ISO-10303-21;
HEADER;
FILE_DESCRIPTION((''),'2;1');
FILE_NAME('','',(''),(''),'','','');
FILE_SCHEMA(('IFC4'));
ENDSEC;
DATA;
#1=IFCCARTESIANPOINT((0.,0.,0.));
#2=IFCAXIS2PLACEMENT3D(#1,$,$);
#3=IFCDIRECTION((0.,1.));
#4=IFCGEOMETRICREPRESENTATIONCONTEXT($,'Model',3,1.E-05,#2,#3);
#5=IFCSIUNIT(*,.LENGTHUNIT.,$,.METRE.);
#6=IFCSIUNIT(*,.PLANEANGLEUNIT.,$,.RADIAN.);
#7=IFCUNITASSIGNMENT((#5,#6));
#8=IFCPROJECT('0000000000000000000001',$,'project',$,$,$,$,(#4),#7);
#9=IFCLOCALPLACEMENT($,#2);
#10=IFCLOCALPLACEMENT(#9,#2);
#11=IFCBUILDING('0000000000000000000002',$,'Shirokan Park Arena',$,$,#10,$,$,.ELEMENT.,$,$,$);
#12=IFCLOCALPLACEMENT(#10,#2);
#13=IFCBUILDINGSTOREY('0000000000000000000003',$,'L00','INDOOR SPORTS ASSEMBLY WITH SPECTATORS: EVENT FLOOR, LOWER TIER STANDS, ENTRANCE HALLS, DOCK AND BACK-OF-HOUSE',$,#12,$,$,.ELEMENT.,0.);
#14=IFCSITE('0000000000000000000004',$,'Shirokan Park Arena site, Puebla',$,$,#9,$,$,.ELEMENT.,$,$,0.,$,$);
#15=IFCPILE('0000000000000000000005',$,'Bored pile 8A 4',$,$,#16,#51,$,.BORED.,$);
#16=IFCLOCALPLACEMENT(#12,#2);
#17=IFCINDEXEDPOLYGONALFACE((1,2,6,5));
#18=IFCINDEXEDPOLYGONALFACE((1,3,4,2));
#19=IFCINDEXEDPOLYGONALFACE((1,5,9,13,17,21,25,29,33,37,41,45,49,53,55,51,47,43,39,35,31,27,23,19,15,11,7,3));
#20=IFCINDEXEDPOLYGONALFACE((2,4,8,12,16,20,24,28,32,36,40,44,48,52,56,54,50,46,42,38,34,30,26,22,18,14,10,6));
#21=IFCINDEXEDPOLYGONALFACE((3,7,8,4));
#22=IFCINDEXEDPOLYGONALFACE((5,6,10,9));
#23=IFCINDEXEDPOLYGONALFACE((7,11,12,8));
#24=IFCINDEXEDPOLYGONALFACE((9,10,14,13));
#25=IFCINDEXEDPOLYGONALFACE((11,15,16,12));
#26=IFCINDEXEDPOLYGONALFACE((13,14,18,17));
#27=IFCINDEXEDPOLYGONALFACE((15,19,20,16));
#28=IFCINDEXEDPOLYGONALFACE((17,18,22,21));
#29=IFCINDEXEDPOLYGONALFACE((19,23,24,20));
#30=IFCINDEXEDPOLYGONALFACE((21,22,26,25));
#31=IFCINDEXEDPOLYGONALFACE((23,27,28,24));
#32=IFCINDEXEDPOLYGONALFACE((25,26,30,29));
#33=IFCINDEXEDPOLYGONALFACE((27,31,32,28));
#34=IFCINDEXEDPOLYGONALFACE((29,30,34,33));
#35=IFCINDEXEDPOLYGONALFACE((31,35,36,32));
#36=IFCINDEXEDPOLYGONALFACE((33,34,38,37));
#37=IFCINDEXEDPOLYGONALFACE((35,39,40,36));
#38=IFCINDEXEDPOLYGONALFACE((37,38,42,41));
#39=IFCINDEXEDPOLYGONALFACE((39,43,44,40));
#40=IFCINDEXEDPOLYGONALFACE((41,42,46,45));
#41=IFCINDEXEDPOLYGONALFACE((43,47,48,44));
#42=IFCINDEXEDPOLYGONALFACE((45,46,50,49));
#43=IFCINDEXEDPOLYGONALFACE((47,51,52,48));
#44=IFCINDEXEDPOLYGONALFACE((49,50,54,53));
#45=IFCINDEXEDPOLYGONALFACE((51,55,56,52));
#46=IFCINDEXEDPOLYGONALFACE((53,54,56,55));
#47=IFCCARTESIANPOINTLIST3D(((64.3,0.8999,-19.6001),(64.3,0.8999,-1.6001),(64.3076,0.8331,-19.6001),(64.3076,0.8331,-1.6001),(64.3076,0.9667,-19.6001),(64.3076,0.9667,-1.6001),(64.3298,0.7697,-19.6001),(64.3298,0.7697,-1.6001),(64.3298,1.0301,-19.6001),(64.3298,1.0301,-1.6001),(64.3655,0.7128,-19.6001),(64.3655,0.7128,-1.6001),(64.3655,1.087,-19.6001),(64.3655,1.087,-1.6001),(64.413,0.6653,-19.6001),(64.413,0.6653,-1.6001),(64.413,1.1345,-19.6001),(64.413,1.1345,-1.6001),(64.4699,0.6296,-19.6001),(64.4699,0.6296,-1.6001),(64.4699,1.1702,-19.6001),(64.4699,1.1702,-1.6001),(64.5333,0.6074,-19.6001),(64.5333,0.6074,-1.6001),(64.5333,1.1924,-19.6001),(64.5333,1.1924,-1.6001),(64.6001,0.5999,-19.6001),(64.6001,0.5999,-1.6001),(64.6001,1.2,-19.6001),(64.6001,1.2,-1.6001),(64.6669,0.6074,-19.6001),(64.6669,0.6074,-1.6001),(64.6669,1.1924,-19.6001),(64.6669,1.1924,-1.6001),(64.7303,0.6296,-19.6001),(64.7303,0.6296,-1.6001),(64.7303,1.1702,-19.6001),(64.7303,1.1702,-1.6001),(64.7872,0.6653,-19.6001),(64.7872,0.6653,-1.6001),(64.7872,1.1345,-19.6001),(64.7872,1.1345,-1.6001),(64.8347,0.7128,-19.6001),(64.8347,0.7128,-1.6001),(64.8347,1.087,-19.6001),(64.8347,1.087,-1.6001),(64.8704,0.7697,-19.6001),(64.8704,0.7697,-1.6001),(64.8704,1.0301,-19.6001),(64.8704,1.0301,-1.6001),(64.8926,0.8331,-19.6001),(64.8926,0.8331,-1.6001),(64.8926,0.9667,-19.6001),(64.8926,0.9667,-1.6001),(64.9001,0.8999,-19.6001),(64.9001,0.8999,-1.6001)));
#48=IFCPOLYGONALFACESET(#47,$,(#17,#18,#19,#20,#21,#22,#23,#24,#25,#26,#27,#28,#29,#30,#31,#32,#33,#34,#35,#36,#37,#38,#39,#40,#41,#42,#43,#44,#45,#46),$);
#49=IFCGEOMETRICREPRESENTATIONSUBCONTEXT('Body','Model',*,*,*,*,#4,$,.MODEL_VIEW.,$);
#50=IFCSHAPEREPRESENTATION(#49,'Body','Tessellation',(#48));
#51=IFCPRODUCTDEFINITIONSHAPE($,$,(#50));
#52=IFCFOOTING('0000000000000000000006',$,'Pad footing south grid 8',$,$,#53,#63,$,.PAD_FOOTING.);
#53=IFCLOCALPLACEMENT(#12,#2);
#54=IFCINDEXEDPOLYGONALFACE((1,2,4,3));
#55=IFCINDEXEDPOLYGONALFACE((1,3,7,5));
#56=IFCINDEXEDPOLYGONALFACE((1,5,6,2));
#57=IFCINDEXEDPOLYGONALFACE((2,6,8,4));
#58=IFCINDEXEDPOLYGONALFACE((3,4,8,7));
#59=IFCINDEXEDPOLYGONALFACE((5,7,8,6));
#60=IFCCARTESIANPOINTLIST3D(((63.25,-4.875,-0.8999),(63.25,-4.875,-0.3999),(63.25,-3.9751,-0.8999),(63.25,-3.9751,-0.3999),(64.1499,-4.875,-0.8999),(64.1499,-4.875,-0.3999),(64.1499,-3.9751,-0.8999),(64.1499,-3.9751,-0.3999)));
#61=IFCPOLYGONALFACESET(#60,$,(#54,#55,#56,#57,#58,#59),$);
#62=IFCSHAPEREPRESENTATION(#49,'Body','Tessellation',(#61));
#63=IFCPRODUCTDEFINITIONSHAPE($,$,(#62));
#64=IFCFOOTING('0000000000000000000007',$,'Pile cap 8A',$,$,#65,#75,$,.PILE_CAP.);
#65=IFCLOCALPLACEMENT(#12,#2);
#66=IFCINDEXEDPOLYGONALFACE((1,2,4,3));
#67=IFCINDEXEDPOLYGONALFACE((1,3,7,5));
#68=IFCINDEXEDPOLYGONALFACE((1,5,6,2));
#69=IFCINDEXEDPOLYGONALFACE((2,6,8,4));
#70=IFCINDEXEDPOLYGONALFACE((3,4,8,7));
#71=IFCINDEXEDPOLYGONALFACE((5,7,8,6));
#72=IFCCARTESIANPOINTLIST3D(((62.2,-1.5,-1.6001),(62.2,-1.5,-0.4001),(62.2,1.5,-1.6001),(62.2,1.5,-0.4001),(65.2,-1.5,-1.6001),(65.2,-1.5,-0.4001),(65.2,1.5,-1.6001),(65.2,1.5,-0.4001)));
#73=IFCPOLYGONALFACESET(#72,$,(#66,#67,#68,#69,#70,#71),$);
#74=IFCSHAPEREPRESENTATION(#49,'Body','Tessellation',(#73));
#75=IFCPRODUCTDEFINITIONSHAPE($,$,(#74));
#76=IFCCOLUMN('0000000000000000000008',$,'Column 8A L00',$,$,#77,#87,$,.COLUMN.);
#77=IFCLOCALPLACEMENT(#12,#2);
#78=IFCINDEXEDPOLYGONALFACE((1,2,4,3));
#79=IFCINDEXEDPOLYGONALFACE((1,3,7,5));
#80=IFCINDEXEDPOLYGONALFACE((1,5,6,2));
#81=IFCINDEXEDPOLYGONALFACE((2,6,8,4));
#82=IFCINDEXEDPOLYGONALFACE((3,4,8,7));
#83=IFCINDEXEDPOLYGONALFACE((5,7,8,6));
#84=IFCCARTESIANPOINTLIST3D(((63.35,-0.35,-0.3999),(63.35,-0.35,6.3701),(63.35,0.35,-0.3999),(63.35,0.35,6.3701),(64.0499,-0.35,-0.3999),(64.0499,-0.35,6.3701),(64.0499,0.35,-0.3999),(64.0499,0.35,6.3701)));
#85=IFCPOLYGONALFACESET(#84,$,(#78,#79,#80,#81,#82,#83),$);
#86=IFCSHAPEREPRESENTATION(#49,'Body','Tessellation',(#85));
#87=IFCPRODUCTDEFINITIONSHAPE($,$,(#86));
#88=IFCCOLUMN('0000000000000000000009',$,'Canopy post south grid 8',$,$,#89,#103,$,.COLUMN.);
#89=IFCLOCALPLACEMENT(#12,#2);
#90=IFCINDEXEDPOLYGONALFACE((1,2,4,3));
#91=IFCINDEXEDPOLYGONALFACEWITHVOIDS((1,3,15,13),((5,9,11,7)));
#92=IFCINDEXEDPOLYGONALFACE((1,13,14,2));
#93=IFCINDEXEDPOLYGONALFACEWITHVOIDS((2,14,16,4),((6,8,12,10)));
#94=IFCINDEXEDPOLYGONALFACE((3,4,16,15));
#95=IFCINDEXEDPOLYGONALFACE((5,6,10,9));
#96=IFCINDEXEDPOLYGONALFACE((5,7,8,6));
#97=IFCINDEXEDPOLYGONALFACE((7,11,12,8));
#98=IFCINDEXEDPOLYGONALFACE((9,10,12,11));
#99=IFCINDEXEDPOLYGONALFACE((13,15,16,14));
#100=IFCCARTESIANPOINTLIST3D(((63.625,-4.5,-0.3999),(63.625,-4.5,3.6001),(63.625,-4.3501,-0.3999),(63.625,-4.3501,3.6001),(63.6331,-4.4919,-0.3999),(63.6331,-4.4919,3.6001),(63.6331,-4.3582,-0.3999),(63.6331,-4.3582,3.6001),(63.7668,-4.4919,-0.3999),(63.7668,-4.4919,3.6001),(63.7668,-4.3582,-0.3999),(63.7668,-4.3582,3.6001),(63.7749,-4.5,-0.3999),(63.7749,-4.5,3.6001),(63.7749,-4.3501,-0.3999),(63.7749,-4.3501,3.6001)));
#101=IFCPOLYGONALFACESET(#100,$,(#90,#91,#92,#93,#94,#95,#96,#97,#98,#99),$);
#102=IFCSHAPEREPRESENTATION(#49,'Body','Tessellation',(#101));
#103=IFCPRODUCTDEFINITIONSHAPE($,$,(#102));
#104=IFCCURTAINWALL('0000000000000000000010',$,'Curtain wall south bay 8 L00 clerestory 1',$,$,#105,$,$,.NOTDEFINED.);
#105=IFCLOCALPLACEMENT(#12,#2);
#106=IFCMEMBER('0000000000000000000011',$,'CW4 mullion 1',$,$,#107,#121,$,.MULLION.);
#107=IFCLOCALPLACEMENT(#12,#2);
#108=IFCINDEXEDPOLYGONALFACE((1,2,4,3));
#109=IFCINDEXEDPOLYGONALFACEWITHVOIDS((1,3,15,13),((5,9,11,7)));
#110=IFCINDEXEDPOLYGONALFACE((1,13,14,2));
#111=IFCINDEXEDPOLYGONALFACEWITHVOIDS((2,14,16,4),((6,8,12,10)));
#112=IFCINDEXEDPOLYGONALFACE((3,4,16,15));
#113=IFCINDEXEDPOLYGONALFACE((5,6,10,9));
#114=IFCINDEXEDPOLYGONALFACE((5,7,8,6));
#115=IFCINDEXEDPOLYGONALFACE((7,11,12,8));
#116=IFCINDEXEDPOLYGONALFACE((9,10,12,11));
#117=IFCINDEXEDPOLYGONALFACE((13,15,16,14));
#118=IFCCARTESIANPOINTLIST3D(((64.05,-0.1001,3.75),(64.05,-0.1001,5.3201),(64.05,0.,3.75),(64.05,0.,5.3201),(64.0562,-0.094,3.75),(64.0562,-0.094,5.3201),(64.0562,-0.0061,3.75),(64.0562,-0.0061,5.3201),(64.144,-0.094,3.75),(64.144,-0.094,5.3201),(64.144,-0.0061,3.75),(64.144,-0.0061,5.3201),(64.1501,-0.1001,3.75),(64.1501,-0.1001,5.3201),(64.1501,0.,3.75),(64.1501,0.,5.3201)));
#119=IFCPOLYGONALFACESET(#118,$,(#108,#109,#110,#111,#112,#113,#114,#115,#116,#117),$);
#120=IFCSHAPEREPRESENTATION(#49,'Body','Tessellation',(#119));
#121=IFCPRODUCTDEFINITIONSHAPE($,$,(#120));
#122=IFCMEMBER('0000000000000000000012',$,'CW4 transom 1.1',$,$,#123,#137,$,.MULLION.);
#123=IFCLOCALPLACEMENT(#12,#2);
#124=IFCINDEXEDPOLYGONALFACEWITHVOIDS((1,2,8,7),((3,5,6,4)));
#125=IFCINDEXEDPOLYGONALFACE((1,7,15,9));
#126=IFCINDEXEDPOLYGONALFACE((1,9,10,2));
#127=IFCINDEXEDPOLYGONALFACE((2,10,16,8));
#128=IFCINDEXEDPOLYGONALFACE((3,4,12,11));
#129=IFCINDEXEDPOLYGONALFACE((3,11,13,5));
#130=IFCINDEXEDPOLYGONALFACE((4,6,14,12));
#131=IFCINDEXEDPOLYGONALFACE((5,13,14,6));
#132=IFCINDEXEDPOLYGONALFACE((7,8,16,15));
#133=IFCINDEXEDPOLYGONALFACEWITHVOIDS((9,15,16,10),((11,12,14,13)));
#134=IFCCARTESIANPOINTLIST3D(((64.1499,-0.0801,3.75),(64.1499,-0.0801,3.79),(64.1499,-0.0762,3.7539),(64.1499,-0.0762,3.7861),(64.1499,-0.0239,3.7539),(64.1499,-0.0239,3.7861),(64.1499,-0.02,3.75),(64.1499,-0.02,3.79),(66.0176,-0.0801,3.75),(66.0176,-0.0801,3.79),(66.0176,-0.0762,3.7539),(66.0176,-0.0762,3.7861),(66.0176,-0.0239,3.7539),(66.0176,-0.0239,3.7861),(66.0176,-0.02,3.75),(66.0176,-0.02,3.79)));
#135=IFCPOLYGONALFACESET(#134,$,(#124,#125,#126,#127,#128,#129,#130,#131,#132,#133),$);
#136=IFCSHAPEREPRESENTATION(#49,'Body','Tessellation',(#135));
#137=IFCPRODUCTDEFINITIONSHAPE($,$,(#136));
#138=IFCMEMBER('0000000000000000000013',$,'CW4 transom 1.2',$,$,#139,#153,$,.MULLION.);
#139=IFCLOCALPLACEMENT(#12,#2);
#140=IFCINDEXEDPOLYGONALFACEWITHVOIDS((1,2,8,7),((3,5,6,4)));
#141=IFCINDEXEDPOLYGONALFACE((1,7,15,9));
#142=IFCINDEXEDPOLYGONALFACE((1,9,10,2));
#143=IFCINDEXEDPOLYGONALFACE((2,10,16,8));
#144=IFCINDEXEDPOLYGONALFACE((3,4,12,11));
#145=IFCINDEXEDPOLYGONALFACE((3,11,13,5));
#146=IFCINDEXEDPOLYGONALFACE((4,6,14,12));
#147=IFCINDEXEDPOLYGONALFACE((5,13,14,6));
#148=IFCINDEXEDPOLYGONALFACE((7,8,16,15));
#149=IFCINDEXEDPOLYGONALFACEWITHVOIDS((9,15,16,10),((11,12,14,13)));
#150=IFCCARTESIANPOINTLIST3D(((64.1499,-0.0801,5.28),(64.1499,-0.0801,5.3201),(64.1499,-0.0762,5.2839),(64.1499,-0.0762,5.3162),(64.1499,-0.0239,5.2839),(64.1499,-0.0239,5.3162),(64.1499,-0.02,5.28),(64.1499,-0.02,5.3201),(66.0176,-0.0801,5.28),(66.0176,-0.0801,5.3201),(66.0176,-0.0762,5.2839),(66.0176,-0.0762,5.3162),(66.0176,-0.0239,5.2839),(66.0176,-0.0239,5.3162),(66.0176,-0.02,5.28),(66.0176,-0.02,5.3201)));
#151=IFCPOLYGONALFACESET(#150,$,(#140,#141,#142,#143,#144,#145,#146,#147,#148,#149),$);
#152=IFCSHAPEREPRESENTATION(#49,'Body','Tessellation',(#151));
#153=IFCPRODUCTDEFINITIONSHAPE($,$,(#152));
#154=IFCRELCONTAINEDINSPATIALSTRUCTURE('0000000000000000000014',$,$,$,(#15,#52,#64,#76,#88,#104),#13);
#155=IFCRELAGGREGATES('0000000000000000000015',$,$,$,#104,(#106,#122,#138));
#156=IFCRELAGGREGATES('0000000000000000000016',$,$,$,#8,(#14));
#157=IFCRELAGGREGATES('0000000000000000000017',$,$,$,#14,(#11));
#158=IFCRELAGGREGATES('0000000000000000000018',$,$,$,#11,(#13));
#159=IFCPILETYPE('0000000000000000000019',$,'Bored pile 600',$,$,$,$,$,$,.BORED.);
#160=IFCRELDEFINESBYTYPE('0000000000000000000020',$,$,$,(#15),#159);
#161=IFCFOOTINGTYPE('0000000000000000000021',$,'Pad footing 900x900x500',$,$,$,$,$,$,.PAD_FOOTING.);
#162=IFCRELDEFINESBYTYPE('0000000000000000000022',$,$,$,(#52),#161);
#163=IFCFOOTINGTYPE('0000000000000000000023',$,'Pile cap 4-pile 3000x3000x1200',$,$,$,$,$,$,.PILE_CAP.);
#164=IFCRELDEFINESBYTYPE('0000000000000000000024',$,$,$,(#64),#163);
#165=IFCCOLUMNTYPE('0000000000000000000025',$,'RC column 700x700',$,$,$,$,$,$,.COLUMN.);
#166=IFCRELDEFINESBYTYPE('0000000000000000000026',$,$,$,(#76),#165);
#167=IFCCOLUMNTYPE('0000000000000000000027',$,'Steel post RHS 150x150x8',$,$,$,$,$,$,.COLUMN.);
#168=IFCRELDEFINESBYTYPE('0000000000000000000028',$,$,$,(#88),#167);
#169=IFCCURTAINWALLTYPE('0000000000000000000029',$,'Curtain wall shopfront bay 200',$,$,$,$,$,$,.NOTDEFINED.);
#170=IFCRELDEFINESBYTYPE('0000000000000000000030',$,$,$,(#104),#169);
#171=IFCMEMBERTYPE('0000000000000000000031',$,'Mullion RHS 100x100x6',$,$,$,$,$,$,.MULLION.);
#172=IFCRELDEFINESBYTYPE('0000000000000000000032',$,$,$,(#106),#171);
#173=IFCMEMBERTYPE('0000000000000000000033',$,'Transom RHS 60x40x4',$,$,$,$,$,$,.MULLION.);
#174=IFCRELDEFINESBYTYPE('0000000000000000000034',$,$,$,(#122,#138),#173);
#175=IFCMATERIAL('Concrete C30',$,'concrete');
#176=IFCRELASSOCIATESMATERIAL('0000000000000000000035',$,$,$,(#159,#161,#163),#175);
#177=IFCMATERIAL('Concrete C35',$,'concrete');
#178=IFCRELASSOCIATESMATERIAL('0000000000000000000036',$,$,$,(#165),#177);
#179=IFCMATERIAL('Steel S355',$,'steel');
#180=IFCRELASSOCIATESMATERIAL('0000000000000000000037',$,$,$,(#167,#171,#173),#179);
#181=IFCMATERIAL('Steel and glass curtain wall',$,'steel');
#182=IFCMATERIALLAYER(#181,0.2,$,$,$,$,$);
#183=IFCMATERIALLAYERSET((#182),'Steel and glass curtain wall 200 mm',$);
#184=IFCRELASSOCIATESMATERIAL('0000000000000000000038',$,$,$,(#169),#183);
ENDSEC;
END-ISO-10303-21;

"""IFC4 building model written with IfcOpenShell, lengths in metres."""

from ifc_helpers import new_model, si_unit, direction, frame, origin, origin_2d, place, context, subcontext, project, spatial, rectangle, hollow_rectangle, circle, extrude, material, layer, layer_set, material_profile, profile_set, type_object, element, aggregate, save


model = new_model("IFC4")

# Units and contexts
model_context = context("Model", 3, precision=1e-05, world=origin(), true_north=direction((0.0, 1.0)))
body_context = subcontext(model_context, "Body", "Model", "MODEL_VIEW")
ifc_project = project(units=[si_unit("LENGTHUNIT", "METRE"), si_unit("PLANEANGLEUNIT", "RADIAN")], contexts=[model_context])

# Site, building, storey
site_placement = place(None, origin())
site = spatial("IfcSite", under=ifc_project, at=site_placement, Name="Shirokan Park Arena site, Puebla", CompositionType="ELEMENT", RefElevation=0.0)
building_placement = place(site_placement, origin())
building = spatial("IfcBuilding", under=site, at=building_placement, Name="Shirokan Park Arena", CompositionType="ELEMENT")
storey_placement = place(building_placement, origin())
storey = spatial("IfcBuildingStorey", under=building, at=storey_placement, Name="L00", Description="INDOOR SPORTS ASSEMBLY WITH SPECTATORS: EVENT FLOOR, LOWER TIER STANDS, ENTRANCE HALLS, DOCK AND BACK-OF-HOUSE", CompositionType="ELEMENT", Elevation=0.0)

# Pile
ifc_material_1 = material(Name="Concrete C30", Category="concrete")
ifc_material_profile_1 = material_profile(ifc_material_1, circle(Radius=0.3, at=origin_2d()), Name="D600")
ifc_profile_set_1 = profile_set([ifc_material_profile_1], Name="Concrete C30")
pile_type = type_object("IfcPileType", Name="Bored pile 600", PredefinedType="BORED", material=ifc_profile_set_1)
for number, where, z_axis, x_axis, name in (
    (1, (64.6001, 0.8999, -1.6001), (0.0, 0.0, -1.0), (1.0, 0.0, 0.0), "Bored pile 8A 4"),
):
    element("IfcPile", number, at=place(storey_placement, frame(where, z_axis=z_axis, x_axis=x_axis)), inside=storey, type_object=pile_type, Name=name, PredefinedType="BORED", context=body_context, shape_type="SweptSolid", body=[
        extrude(circle(Radius=0.3, at=origin_2d()), origin(), (0.0, 0.0, 1.0), 18.0),
    ])

# Footings
footing_type_1 = type_object("IfcFootingType", Name="Pad footing 900x900x500", PredefinedType="PAD_FOOTING", material=ifc_material_1)
footing_1_placement = place(storey_placement, frame((63.7, -4.425, -0.8999), z_axis=(0.0, 0.0, 1.0), x_axis=(1.0, 0.0, 0.0)))
element("IfcFooting", 2, at=footing_1_placement, inside=storey, type_object=footing_type_1, Name="Pad footing south grid 8", PredefinedType="PAD_FOOTING", context=body_context, shape_type="SweptSolid", body=[
    extrude(rectangle(XDim=0.8999, YDim=0.8999, at=origin_2d()), origin(), (0.0, 0.0, 1.0), 0.5),
])
footing_type_2 = type_object("IfcFootingType", Name="Pile cap 4-pile 3000x3000x1200", PredefinedType="PILE_CAP", material=ifc_material_1)
footing_2_placement = place(storey_placement, frame((63.7, 0.0, -1.6001), z_axis=(0.0, 0.0, 1.0), x_axis=(1.0, 0.0, 0.0)))
element("IfcFooting", 3, at=footing_2_placement, inside=storey, type_object=footing_type_2, Name="Pile cap 8A", PredefinedType="PILE_CAP", context=body_context, shape_type="SweptSolid", body=[
    extrude(rectangle(XDim=3.0, YDim=3.0, at=origin_2d()), origin(), (0.0, 0.0, 1.0), 1.2),
])

# Columns
ifc_material_2 = material(Name="Concrete C35", Category="concrete")
ifc_material_profile_2 = material_profile(ifc_material_2, rectangle(XDim=0.7, YDim=0.7, at=origin_2d()), Name="700x700")
ifc_profile_set_2 = profile_set([ifc_material_profile_2], Name="Concrete C35")
column_type_1 = type_object("IfcColumnType", Name="RC column 700x700", PredefinedType="COLUMN", material=ifc_profile_set_2)
column_1_placement = place(storey_placement, frame((63.7, 0.0, -0.3999), z_axis=(0.0, 0.0, 1.0), x_axis=(1.0, 0.0, 0.0)))
element("IfcColumn", 4, at=column_1_placement, inside=storey, type_object=column_type_1, Name="Column 8A L00", PredefinedType="COLUMN", context=body_context, shape_type="SweptSolid", body=[
    extrude(rectangle(XDim=0.7, YDim=0.7, at=origin_2d()), origin(), (0.0, 0.0, 1.0), 6.77),
])
ifc_material_3 = material(Name="Steel S355", Category="steel")
ifc_material_profile_3 = material_profile(ifc_material_3, hollow_rectangle(XDim=0.1499, YDim=0.1499, WallThickness=0.0081, at=origin_2d()), Name="RHS 150x150x8")
ifc_profile_set_3 = profile_set([ifc_material_profile_3], Name="Steel S355")
column_type_2 = type_object("IfcColumnType", Name="Steel post RHS 150x150x8", PredefinedType="COLUMN", material=ifc_profile_set_3)
column_2_placement = place(storey_placement, frame((63.7, -4.425, -0.3999), z_axis=(0.0, 0.0, 1.0), x_axis=(1.0, 0.0, 0.0)))
element("IfcColumn", 5, at=column_2_placement, inside=storey, type_object=column_type_2, Name="Canopy post south grid 8", PredefinedType="COLUMN", context=body_context, shape_type="SweptSolid", body=[
    extrude(hollow_rectangle(XDim=0.1499, YDim=0.1499, WallThickness=0.0081, at=origin_2d()), origin(), (0.0, 0.0, 1.0), 4.0),
])

# Curtain wall, members
ifc_material_4 = material(Name="Steel and glass curtain wall", Category="steel")
ifc_layer_1 = layer(ifc_material_4, 0.2)
ifc_layer_set_1 = layer_set([ifc_layer_1], Name="Steel and glass curtain wall 200 mm")
curtain_wall_type = type_object("IfcCurtainWallType", Name="Curtain wall shopfront bay 200", PredefinedType="NOTDEFINED", material=ifc_layer_set_1)
curtain_wall_placement = place(storey_placement, origin())
curtain_wall = element("IfcCurtainWall", 6, at=curtain_wall_placement, inside=storey, type_object=curtain_wall_type, Name="Curtain wall south bay 8 L00 clerestory 1", PredefinedType="NOTDEFINED")
ifc_material_profile_4 = material_profile(ifc_material_3, hollow_rectangle(XDim=0.1001, YDim=0.1001, WallThickness=0.0061, at=origin_2d()), Name="RHS 100x100x6")
ifc_profile_set_4 = profile_set([ifc_material_profile_4], Name="Steel S355")
member_type_1 = type_object("IfcMemberType", Name="Mullion RHS 100x100x6", PredefinedType="MULLION", material=ifc_profile_set_4)
member_1_placement = place(storey_placement, frame((64.1001, -0.05, 3.75), z_axis=(0.0, 0.0, 1.0), x_axis=(0.0, 1.0, 0.0)))
member_1 = element("IfcMember", 7, at=member_1_placement, type_object=member_type_1, Name="CW4 mullion 1", PredefinedType="MULLION", context=body_context, shape_type="SweptSolid", body=[
    extrude(hollow_rectangle(XDim=0.1001, YDim=0.1001, WallThickness=0.0061, at=origin_2d()), origin(), (0.0, 0.0, 1.0), 1.5701),
])
ifc_material_profile_5 = material_profile(ifc_material_3, hollow_rectangle(XDim=0.0601, YDim=0.04, WallThickness=0.0039, at=origin_2d()), Name="RHS 60x40x4")
ifc_profile_set_5 = profile_set([ifc_material_profile_5], Name="Steel S355")
member_type_2 = type_object("IfcMemberType", Name="Transom RHS 60x40x4", PredefinedType="MULLION", material=ifc_profile_set_5)
member_2_placement = place(storey_placement, frame((64.1499, -0.05, 3.77), z_axis=(1.0, 0.0, 0.0), x_axis=(0.0, 1.0, 0.0)))
member_2 = element("IfcMember", 8, at=member_2_placement, type_object=member_type_2, Name="CW4 transom 1.1", PredefinedType="MULLION", context=body_context, shape_type="SweptSolid", body=[
    extrude(hollow_rectangle(XDim=0.0601, YDim=0.04, WallThickness=0.0039, at=origin_2d()), origin(), (0.0, 0.0, 1.0), 1.8677),
])
member_3_placement = place(storey_placement, frame((64.1499, -0.05, 5.3), z_axis=(1.0, 0.0, 0.0), x_axis=(0.0, 1.0, 0.0)))
member_3 = element("IfcMember", 9, at=member_3_placement, type_object=member_type_2, Name="CW4 transom 1.2", PredefinedType="MULLION", context=body_context, shape_type="SweptSolid", body=[
    extrude(hollow_rectangle(XDim=0.0601, YDim=0.04, WallThickness=0.0039, at=origin_2d()), origin(), (0.0, 0.0, 1.0), 1.8677),
])
aggregate(curtain_wall, [member_1, member_2, member_3])

save(model, "model.ifc")
